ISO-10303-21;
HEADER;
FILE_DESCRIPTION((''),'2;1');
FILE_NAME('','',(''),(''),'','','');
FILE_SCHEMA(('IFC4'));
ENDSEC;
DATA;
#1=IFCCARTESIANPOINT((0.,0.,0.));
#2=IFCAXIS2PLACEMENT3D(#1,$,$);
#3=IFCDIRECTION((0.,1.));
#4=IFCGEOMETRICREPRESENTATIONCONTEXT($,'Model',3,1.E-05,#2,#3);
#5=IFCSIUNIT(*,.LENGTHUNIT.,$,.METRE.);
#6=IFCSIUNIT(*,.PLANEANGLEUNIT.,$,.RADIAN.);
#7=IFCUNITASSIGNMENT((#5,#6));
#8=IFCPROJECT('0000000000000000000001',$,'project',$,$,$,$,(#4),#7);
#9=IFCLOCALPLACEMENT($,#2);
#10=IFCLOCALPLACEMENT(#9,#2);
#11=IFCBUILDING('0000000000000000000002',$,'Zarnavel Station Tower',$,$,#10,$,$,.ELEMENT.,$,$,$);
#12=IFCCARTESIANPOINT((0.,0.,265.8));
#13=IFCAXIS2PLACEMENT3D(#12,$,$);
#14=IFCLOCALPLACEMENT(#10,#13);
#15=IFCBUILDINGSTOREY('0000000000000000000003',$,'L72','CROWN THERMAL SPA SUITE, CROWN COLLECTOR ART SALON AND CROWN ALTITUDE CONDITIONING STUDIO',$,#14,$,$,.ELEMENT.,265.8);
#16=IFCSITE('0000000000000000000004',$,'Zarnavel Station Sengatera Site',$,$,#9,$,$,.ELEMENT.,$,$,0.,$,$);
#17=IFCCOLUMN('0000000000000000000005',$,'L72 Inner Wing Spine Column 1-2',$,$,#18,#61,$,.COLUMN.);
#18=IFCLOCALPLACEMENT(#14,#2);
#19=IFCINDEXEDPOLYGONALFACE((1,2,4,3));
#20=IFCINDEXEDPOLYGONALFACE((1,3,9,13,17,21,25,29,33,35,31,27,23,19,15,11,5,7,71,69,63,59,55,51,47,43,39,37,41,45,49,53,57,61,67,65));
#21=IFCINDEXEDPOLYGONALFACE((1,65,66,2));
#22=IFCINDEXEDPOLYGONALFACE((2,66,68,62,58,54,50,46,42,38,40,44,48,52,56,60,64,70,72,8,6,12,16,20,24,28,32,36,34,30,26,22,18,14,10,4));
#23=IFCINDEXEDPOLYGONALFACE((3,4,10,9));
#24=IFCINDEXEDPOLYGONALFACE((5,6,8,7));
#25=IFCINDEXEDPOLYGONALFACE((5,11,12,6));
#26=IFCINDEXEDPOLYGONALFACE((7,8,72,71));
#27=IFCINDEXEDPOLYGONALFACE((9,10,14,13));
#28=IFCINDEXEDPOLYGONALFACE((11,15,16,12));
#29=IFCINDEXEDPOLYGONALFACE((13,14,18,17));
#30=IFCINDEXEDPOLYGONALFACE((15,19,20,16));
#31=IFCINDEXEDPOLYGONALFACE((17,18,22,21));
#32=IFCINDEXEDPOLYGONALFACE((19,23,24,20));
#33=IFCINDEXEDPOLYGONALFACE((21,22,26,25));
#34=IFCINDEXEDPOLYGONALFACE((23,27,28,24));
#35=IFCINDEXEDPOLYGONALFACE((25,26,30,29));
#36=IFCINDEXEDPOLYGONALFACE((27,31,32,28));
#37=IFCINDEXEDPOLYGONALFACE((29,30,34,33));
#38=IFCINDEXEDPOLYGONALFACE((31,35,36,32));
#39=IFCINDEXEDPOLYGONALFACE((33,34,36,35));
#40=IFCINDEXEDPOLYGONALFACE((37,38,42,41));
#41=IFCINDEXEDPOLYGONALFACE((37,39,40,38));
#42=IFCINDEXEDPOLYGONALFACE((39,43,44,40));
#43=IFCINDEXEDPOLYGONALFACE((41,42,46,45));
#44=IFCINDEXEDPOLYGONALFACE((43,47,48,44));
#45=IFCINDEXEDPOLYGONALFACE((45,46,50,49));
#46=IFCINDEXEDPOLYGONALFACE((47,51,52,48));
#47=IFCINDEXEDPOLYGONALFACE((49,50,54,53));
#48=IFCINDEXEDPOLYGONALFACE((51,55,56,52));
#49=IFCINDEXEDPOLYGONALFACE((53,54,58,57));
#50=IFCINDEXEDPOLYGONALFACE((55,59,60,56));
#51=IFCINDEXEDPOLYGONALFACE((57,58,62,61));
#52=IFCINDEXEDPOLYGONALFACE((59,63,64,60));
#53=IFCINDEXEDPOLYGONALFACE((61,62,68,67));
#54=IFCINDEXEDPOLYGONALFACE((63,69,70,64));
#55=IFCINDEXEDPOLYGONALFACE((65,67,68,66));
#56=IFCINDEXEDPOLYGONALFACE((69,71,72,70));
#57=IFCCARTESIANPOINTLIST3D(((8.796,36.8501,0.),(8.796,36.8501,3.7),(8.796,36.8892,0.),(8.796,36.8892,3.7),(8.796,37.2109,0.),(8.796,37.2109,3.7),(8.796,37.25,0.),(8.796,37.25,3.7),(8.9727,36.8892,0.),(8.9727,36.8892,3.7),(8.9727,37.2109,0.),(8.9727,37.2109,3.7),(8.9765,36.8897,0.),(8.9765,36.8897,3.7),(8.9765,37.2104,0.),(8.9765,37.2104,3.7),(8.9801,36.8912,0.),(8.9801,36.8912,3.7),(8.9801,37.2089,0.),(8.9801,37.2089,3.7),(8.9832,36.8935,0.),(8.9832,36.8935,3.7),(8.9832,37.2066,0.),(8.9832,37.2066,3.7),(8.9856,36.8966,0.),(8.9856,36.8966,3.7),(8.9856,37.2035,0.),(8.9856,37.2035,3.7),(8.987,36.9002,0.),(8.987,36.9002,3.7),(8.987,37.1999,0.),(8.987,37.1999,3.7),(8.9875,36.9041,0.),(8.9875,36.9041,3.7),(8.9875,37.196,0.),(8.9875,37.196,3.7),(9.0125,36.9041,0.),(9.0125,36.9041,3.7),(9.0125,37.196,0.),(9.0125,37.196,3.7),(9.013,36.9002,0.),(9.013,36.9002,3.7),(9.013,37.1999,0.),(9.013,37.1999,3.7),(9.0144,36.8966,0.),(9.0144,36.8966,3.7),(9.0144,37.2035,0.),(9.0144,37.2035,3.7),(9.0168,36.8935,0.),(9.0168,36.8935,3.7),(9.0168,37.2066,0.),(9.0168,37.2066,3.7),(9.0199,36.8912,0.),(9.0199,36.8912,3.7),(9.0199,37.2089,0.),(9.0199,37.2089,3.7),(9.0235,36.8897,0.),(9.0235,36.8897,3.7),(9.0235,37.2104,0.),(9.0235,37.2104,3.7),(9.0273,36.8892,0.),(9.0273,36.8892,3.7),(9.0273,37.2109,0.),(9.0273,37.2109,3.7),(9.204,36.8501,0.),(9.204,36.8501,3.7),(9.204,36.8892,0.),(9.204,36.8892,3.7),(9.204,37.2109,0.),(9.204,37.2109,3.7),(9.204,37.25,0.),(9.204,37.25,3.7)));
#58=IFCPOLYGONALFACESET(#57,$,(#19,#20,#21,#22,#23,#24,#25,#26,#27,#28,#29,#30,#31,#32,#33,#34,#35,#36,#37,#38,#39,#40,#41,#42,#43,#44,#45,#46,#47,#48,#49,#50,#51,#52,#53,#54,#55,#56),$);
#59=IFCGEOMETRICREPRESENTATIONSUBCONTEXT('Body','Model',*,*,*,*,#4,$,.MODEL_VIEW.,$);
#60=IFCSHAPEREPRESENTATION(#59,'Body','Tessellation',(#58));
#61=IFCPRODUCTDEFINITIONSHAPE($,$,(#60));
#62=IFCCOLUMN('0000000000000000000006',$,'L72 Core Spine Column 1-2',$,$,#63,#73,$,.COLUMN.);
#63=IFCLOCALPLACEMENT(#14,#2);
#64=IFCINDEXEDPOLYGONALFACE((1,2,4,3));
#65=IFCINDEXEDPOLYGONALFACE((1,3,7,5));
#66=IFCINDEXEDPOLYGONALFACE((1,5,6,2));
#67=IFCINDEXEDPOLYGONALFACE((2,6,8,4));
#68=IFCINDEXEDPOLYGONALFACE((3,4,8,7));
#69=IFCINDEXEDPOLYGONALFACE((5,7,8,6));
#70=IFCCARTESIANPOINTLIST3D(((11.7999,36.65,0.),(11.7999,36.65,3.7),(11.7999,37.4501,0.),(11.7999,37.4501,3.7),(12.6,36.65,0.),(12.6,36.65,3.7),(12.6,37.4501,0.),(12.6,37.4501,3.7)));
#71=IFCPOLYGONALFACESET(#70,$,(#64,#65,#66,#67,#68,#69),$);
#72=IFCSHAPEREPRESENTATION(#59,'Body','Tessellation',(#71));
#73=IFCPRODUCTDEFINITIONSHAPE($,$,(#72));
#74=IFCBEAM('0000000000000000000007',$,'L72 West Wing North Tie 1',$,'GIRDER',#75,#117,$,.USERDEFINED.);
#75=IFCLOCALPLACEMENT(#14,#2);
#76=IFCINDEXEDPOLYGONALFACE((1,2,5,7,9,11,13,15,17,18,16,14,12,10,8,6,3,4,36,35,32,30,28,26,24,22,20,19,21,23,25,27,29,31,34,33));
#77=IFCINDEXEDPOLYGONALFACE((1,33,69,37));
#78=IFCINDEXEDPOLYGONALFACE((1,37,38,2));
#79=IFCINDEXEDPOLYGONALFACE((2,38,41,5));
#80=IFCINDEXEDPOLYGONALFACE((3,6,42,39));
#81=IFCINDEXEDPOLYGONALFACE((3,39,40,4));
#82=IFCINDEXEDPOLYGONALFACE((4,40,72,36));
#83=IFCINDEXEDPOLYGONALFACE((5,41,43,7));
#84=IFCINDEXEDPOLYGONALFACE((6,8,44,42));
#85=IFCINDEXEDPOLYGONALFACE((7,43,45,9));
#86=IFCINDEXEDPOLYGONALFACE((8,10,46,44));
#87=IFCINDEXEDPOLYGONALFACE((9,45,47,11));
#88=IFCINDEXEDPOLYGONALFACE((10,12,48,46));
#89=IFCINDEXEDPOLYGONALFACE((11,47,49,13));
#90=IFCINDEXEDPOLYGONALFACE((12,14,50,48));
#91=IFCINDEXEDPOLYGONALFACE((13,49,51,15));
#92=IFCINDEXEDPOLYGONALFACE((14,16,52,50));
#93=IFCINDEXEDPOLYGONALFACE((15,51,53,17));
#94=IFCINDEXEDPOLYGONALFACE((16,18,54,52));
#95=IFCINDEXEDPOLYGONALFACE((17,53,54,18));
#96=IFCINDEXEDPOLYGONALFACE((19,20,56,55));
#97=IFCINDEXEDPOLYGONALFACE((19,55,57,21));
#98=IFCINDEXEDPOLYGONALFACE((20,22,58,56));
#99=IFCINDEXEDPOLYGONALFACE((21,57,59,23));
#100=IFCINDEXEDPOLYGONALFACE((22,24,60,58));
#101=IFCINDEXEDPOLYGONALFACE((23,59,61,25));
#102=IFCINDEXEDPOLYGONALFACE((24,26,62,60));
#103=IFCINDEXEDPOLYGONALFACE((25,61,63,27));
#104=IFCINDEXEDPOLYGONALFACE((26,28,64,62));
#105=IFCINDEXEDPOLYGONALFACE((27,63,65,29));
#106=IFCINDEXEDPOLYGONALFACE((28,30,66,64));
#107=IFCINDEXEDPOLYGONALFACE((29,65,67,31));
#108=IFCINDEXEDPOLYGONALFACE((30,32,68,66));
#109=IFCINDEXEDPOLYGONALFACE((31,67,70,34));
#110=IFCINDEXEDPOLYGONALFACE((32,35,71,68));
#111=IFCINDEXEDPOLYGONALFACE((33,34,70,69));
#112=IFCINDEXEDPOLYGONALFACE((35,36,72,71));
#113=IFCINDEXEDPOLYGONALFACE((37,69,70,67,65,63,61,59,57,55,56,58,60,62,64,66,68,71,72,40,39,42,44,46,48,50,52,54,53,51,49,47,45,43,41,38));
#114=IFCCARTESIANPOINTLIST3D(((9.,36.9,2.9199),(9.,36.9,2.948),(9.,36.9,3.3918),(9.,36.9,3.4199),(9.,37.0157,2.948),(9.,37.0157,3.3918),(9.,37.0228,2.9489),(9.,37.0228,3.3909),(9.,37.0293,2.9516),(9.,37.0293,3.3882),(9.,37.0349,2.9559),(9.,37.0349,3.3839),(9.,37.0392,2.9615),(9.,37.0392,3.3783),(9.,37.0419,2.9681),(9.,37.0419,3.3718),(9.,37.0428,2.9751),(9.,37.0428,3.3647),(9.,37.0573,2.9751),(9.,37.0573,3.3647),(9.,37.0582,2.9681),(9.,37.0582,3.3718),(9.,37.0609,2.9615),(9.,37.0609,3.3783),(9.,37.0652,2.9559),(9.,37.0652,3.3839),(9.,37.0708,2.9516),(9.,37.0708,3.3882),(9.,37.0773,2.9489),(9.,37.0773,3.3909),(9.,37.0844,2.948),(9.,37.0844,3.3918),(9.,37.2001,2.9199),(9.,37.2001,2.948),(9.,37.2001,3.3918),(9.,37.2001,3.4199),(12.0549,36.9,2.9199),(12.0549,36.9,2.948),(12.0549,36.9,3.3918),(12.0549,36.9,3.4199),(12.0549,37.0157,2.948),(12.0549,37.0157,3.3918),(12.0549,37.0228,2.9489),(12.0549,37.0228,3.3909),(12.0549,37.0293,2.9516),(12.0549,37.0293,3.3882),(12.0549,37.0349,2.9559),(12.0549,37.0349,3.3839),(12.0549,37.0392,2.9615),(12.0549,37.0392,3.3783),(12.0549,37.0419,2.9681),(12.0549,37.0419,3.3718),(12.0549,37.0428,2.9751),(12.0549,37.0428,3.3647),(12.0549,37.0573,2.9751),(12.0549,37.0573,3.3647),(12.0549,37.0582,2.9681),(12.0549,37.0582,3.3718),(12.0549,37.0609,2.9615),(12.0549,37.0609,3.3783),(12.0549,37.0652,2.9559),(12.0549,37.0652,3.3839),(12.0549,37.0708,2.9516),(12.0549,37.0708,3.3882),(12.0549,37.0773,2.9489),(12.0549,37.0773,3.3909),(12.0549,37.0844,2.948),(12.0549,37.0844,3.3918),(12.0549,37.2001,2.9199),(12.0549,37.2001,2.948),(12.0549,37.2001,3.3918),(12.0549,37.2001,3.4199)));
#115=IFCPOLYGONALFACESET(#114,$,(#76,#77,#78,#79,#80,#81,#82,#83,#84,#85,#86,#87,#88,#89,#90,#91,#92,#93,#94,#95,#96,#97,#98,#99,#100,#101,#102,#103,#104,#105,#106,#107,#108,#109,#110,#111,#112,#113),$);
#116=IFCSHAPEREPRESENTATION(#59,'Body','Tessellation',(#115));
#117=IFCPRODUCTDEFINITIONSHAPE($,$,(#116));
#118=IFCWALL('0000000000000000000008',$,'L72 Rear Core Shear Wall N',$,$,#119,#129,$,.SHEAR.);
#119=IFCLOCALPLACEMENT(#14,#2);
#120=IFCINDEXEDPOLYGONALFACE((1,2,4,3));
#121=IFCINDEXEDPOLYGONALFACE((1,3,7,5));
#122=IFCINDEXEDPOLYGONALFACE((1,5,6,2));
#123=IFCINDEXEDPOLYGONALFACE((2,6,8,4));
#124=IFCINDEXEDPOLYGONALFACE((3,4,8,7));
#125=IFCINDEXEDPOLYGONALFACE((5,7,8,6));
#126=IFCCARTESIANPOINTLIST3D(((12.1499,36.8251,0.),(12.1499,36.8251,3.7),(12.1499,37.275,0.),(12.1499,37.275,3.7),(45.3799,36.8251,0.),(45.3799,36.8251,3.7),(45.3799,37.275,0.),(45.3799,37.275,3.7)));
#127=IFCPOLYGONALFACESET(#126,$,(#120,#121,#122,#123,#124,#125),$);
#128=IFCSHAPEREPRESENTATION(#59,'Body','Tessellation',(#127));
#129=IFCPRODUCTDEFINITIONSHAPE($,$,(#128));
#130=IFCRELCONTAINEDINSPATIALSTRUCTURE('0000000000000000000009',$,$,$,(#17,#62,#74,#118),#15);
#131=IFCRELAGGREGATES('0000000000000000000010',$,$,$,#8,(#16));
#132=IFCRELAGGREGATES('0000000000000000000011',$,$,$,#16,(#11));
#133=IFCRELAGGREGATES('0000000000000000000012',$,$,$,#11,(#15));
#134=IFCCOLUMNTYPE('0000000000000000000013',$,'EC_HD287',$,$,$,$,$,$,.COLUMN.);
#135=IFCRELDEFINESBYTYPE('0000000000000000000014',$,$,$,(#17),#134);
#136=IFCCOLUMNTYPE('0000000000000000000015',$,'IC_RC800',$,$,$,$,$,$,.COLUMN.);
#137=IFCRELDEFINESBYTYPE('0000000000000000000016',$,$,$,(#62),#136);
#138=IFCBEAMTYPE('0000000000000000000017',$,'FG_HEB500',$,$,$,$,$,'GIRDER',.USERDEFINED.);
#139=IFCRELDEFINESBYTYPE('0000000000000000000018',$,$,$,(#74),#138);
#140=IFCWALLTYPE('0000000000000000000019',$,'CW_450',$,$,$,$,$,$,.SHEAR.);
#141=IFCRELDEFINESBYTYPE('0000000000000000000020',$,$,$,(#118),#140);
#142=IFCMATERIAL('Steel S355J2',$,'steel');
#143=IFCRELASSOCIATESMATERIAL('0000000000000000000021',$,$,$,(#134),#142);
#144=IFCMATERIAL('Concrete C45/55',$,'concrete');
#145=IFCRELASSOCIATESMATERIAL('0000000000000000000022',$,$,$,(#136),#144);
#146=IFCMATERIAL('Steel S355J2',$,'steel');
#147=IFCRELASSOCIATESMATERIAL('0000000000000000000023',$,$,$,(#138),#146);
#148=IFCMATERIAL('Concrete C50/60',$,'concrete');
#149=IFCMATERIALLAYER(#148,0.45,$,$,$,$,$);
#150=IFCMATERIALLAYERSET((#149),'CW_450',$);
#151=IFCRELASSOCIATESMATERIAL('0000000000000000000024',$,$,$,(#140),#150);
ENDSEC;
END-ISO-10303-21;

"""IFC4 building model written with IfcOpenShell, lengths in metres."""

from ifc_helpers import new_model, si_unit, direction, frame, frame_2d, origin, origin_2d, place, context, subcontext, project, spatial, rectangle, i_section, extrude, material, layer, layer_set, material_profile, profile_set, type_object, element, save


model = new_model("IFC4")

# Units and contexts
model_context = context("Model", 3, precision=1e-05, world=origin(), true_north=direction((0.0, 1.0)))
body_context = subcontext(model_context, "Body", "Model", "MODEL_VIEW")
ifc_project = project(units=[si_unit("LENGTHUNIT", "METRE"), si_unit("PLANEANGLEUNIT", "RADIAN")], contexts=[model_context])

# Site, building, storey
site_placement = place(None, origin())
site = spatial("IfcSite", under=ifc_project, at=site_placement, Name="Zarnavel Station Sengatera Site", CompositionType="ELEMENT", RefElevation=0.0)
building_placement = place(site_placement, origin())
building = spatial("IfcBuilding", under=site, at=building_placement, Name="Zarnavel Station Tower", CompositionType="ELEMENT")
storey_placement = place(building_placement, frame((0.0, 0.0, 265.8)))
storey = spatial("IfcBuildingStorey", under=building, at=storey_placement, Name="L72", Description="CROWN THERMAL SPA SUITE, CROWN COLLECTOR ART SALON AND CROWN ALTITUDE CONDITIONING STUDIO", CompositionType="ELEMENT", Elevation=265.8)

# Columns
ifc_material_1 = material(Name="Steel S355J2", Category="steel")
ifc_material_profile_1 = material_profile(ifc_material_1, i_section(OverallWidth=0.408, OverallDepth=0.3999, WebThickness=0.0249, FlangeThickness=0.0391, FilletRadius=0.0149, at=origin_2d()), Name="HD400x287")
ifc_profile_set_1 = profile_set([ifc_material_profile_1], Name="Steel S355J2")
column_type_1 = type_object("IfcColumnType", Name="EC_HD287", PredefinedType="COLUMN", material=ifc_profile_set_1)
column_1_placement = place(storey_placement, frame((9.0, 37.05, 0.0), z_axis=(0.0, 0.0, 1.0), x_axis=(1.0, 0.0, 0.0)))
element("IfcColumn", 1, at=column_1_placement, inside=storey, type_object=column_type_1, Name="L72 Inner Wing Spine Column 1-2", PredefinedType="COLUMN", context=body_context, shape_type="SweptSolid", body=[
    extrude(i_section(OverallWidth=0.408, OverallDepth=0.3999, WebThickness=0.0249, FlangeThickness=0.0391, FilletRadius=0.0149, at=origin_2d()), origin(), (0.0, 0.0, 1.0), 3.7),
])
ifc_material_2 = material(Name="Concrete C45/55", Category="concrete")
ifc_material_profile_2 = material_profile(ifc_material_2, rectangle(XDim=0.8, YDim=0.8, at=origin_2d()), Name="RC800x800")
ifc_profile_set_2 = profile_set([ifc_material_profile_2], Name="Concrete C45/55")
column_type_2 = type_object("IfcColumnType", Name="IC_RC800", PredefinedType="COLUMN", material=ifc_profile_set_2)
column_2_placement = place(storey_placement, frame((12.2, 37.05, 0.0), z_axis=(0.0, 0.0, 1.0), x_axis=(1.0, 0.0, 0.0)))
element("IfcColumn", 2, at=column_2_placement, inside=storey, type_object=column_type_2, Name="L72 Core Spine Column 1-2", PredefinedType="COLUMN", context=body_context, shape_type="SweptSolid", body=[
    extrude(rectangle(XDim=0.8, YDim=0.8, at=origin_2d()), origin(), (0.0, 0.0, 1.0), 3.7),
])

# Beam
ifc_material_3 = material(Name="Steel S355J2", Category="steel")
ifc_material_profile_3 = material_profile(ifc_material_3, i_section(OverallWidth=0.3, OverallDepth=0.5, WebThickness=0.0144, FlangeThickness=0.0281, FilletRadius=0.0271, at=origin_2d()), Name="HEB500")
ifc_profile_set_3 = profile_set([ifc_material_profile_3], Name="Steel S355J2")
beam_type = type_object("IfcBeamType", Name="FG_HEB500", ElementType="GIRDER", PredefinedType="USERDEFINED", material=ifc_profile_set_3)
beam_placement = place(storey_placement, frame((9.0, 37.05, 3.1699), z_axis=(1.0, 0.0, 0.0), x_axis=(0.0, 1.0, 0.0)))
element("IfcBeam", 3, at=beam_placement, inside=storey, type_object=beam_type, Name="L72 West Wing North Tie 1", ObjectType="GIRDER", PredefinedType="USERDEFINED", context=body_context, shape_type="SweptSolid", body=[
    extrude(i_section(OverallWidth=0.3, OverallDepth=0.5, WebThickness=0.0144, FlangeThickness=0.0281, FilletRadius=0.0271, at=origin_2d()), origin(), (0.0, 0.0, 1.0), 3.0549),
])

# Wall
ifc_material_4 = material(Name="Concrete C50/60", Category="concrete")
ifc_layer_1 = layer(ifc_material_4, 0.45)
ifc_layer_set_1 = layer_set([ifc_layer_1], Name="CW_450")
wall_type_1 = type_object("IfcWallType", Name="CW_450", PredefinedType="SHEAR", material=ifc_layer_set_1)
wall_1_placement = place(storey_placement, frame((12.1499, 37.05, 0.0), z_axis=(0.0, 0.0, 1.0), x_axis=(1.0, 0.0, 0.0)))
element("IfcWall", 4, at=wall_1_placement, inside=storey, type_object=wall_type_1, Name="L72 Rear Core Shear Wall N", PredefinedType="SHEAR", context=body_context, shape_type="SweptSolid", body=[
    extrude(rectangle(XDim=33.23, YDim=0.45, at=frame_2d((16.615, 0.0))), origin(), (0.0, 0.0, 1.0), 3.7),
])

save(model, "model.ifc")
